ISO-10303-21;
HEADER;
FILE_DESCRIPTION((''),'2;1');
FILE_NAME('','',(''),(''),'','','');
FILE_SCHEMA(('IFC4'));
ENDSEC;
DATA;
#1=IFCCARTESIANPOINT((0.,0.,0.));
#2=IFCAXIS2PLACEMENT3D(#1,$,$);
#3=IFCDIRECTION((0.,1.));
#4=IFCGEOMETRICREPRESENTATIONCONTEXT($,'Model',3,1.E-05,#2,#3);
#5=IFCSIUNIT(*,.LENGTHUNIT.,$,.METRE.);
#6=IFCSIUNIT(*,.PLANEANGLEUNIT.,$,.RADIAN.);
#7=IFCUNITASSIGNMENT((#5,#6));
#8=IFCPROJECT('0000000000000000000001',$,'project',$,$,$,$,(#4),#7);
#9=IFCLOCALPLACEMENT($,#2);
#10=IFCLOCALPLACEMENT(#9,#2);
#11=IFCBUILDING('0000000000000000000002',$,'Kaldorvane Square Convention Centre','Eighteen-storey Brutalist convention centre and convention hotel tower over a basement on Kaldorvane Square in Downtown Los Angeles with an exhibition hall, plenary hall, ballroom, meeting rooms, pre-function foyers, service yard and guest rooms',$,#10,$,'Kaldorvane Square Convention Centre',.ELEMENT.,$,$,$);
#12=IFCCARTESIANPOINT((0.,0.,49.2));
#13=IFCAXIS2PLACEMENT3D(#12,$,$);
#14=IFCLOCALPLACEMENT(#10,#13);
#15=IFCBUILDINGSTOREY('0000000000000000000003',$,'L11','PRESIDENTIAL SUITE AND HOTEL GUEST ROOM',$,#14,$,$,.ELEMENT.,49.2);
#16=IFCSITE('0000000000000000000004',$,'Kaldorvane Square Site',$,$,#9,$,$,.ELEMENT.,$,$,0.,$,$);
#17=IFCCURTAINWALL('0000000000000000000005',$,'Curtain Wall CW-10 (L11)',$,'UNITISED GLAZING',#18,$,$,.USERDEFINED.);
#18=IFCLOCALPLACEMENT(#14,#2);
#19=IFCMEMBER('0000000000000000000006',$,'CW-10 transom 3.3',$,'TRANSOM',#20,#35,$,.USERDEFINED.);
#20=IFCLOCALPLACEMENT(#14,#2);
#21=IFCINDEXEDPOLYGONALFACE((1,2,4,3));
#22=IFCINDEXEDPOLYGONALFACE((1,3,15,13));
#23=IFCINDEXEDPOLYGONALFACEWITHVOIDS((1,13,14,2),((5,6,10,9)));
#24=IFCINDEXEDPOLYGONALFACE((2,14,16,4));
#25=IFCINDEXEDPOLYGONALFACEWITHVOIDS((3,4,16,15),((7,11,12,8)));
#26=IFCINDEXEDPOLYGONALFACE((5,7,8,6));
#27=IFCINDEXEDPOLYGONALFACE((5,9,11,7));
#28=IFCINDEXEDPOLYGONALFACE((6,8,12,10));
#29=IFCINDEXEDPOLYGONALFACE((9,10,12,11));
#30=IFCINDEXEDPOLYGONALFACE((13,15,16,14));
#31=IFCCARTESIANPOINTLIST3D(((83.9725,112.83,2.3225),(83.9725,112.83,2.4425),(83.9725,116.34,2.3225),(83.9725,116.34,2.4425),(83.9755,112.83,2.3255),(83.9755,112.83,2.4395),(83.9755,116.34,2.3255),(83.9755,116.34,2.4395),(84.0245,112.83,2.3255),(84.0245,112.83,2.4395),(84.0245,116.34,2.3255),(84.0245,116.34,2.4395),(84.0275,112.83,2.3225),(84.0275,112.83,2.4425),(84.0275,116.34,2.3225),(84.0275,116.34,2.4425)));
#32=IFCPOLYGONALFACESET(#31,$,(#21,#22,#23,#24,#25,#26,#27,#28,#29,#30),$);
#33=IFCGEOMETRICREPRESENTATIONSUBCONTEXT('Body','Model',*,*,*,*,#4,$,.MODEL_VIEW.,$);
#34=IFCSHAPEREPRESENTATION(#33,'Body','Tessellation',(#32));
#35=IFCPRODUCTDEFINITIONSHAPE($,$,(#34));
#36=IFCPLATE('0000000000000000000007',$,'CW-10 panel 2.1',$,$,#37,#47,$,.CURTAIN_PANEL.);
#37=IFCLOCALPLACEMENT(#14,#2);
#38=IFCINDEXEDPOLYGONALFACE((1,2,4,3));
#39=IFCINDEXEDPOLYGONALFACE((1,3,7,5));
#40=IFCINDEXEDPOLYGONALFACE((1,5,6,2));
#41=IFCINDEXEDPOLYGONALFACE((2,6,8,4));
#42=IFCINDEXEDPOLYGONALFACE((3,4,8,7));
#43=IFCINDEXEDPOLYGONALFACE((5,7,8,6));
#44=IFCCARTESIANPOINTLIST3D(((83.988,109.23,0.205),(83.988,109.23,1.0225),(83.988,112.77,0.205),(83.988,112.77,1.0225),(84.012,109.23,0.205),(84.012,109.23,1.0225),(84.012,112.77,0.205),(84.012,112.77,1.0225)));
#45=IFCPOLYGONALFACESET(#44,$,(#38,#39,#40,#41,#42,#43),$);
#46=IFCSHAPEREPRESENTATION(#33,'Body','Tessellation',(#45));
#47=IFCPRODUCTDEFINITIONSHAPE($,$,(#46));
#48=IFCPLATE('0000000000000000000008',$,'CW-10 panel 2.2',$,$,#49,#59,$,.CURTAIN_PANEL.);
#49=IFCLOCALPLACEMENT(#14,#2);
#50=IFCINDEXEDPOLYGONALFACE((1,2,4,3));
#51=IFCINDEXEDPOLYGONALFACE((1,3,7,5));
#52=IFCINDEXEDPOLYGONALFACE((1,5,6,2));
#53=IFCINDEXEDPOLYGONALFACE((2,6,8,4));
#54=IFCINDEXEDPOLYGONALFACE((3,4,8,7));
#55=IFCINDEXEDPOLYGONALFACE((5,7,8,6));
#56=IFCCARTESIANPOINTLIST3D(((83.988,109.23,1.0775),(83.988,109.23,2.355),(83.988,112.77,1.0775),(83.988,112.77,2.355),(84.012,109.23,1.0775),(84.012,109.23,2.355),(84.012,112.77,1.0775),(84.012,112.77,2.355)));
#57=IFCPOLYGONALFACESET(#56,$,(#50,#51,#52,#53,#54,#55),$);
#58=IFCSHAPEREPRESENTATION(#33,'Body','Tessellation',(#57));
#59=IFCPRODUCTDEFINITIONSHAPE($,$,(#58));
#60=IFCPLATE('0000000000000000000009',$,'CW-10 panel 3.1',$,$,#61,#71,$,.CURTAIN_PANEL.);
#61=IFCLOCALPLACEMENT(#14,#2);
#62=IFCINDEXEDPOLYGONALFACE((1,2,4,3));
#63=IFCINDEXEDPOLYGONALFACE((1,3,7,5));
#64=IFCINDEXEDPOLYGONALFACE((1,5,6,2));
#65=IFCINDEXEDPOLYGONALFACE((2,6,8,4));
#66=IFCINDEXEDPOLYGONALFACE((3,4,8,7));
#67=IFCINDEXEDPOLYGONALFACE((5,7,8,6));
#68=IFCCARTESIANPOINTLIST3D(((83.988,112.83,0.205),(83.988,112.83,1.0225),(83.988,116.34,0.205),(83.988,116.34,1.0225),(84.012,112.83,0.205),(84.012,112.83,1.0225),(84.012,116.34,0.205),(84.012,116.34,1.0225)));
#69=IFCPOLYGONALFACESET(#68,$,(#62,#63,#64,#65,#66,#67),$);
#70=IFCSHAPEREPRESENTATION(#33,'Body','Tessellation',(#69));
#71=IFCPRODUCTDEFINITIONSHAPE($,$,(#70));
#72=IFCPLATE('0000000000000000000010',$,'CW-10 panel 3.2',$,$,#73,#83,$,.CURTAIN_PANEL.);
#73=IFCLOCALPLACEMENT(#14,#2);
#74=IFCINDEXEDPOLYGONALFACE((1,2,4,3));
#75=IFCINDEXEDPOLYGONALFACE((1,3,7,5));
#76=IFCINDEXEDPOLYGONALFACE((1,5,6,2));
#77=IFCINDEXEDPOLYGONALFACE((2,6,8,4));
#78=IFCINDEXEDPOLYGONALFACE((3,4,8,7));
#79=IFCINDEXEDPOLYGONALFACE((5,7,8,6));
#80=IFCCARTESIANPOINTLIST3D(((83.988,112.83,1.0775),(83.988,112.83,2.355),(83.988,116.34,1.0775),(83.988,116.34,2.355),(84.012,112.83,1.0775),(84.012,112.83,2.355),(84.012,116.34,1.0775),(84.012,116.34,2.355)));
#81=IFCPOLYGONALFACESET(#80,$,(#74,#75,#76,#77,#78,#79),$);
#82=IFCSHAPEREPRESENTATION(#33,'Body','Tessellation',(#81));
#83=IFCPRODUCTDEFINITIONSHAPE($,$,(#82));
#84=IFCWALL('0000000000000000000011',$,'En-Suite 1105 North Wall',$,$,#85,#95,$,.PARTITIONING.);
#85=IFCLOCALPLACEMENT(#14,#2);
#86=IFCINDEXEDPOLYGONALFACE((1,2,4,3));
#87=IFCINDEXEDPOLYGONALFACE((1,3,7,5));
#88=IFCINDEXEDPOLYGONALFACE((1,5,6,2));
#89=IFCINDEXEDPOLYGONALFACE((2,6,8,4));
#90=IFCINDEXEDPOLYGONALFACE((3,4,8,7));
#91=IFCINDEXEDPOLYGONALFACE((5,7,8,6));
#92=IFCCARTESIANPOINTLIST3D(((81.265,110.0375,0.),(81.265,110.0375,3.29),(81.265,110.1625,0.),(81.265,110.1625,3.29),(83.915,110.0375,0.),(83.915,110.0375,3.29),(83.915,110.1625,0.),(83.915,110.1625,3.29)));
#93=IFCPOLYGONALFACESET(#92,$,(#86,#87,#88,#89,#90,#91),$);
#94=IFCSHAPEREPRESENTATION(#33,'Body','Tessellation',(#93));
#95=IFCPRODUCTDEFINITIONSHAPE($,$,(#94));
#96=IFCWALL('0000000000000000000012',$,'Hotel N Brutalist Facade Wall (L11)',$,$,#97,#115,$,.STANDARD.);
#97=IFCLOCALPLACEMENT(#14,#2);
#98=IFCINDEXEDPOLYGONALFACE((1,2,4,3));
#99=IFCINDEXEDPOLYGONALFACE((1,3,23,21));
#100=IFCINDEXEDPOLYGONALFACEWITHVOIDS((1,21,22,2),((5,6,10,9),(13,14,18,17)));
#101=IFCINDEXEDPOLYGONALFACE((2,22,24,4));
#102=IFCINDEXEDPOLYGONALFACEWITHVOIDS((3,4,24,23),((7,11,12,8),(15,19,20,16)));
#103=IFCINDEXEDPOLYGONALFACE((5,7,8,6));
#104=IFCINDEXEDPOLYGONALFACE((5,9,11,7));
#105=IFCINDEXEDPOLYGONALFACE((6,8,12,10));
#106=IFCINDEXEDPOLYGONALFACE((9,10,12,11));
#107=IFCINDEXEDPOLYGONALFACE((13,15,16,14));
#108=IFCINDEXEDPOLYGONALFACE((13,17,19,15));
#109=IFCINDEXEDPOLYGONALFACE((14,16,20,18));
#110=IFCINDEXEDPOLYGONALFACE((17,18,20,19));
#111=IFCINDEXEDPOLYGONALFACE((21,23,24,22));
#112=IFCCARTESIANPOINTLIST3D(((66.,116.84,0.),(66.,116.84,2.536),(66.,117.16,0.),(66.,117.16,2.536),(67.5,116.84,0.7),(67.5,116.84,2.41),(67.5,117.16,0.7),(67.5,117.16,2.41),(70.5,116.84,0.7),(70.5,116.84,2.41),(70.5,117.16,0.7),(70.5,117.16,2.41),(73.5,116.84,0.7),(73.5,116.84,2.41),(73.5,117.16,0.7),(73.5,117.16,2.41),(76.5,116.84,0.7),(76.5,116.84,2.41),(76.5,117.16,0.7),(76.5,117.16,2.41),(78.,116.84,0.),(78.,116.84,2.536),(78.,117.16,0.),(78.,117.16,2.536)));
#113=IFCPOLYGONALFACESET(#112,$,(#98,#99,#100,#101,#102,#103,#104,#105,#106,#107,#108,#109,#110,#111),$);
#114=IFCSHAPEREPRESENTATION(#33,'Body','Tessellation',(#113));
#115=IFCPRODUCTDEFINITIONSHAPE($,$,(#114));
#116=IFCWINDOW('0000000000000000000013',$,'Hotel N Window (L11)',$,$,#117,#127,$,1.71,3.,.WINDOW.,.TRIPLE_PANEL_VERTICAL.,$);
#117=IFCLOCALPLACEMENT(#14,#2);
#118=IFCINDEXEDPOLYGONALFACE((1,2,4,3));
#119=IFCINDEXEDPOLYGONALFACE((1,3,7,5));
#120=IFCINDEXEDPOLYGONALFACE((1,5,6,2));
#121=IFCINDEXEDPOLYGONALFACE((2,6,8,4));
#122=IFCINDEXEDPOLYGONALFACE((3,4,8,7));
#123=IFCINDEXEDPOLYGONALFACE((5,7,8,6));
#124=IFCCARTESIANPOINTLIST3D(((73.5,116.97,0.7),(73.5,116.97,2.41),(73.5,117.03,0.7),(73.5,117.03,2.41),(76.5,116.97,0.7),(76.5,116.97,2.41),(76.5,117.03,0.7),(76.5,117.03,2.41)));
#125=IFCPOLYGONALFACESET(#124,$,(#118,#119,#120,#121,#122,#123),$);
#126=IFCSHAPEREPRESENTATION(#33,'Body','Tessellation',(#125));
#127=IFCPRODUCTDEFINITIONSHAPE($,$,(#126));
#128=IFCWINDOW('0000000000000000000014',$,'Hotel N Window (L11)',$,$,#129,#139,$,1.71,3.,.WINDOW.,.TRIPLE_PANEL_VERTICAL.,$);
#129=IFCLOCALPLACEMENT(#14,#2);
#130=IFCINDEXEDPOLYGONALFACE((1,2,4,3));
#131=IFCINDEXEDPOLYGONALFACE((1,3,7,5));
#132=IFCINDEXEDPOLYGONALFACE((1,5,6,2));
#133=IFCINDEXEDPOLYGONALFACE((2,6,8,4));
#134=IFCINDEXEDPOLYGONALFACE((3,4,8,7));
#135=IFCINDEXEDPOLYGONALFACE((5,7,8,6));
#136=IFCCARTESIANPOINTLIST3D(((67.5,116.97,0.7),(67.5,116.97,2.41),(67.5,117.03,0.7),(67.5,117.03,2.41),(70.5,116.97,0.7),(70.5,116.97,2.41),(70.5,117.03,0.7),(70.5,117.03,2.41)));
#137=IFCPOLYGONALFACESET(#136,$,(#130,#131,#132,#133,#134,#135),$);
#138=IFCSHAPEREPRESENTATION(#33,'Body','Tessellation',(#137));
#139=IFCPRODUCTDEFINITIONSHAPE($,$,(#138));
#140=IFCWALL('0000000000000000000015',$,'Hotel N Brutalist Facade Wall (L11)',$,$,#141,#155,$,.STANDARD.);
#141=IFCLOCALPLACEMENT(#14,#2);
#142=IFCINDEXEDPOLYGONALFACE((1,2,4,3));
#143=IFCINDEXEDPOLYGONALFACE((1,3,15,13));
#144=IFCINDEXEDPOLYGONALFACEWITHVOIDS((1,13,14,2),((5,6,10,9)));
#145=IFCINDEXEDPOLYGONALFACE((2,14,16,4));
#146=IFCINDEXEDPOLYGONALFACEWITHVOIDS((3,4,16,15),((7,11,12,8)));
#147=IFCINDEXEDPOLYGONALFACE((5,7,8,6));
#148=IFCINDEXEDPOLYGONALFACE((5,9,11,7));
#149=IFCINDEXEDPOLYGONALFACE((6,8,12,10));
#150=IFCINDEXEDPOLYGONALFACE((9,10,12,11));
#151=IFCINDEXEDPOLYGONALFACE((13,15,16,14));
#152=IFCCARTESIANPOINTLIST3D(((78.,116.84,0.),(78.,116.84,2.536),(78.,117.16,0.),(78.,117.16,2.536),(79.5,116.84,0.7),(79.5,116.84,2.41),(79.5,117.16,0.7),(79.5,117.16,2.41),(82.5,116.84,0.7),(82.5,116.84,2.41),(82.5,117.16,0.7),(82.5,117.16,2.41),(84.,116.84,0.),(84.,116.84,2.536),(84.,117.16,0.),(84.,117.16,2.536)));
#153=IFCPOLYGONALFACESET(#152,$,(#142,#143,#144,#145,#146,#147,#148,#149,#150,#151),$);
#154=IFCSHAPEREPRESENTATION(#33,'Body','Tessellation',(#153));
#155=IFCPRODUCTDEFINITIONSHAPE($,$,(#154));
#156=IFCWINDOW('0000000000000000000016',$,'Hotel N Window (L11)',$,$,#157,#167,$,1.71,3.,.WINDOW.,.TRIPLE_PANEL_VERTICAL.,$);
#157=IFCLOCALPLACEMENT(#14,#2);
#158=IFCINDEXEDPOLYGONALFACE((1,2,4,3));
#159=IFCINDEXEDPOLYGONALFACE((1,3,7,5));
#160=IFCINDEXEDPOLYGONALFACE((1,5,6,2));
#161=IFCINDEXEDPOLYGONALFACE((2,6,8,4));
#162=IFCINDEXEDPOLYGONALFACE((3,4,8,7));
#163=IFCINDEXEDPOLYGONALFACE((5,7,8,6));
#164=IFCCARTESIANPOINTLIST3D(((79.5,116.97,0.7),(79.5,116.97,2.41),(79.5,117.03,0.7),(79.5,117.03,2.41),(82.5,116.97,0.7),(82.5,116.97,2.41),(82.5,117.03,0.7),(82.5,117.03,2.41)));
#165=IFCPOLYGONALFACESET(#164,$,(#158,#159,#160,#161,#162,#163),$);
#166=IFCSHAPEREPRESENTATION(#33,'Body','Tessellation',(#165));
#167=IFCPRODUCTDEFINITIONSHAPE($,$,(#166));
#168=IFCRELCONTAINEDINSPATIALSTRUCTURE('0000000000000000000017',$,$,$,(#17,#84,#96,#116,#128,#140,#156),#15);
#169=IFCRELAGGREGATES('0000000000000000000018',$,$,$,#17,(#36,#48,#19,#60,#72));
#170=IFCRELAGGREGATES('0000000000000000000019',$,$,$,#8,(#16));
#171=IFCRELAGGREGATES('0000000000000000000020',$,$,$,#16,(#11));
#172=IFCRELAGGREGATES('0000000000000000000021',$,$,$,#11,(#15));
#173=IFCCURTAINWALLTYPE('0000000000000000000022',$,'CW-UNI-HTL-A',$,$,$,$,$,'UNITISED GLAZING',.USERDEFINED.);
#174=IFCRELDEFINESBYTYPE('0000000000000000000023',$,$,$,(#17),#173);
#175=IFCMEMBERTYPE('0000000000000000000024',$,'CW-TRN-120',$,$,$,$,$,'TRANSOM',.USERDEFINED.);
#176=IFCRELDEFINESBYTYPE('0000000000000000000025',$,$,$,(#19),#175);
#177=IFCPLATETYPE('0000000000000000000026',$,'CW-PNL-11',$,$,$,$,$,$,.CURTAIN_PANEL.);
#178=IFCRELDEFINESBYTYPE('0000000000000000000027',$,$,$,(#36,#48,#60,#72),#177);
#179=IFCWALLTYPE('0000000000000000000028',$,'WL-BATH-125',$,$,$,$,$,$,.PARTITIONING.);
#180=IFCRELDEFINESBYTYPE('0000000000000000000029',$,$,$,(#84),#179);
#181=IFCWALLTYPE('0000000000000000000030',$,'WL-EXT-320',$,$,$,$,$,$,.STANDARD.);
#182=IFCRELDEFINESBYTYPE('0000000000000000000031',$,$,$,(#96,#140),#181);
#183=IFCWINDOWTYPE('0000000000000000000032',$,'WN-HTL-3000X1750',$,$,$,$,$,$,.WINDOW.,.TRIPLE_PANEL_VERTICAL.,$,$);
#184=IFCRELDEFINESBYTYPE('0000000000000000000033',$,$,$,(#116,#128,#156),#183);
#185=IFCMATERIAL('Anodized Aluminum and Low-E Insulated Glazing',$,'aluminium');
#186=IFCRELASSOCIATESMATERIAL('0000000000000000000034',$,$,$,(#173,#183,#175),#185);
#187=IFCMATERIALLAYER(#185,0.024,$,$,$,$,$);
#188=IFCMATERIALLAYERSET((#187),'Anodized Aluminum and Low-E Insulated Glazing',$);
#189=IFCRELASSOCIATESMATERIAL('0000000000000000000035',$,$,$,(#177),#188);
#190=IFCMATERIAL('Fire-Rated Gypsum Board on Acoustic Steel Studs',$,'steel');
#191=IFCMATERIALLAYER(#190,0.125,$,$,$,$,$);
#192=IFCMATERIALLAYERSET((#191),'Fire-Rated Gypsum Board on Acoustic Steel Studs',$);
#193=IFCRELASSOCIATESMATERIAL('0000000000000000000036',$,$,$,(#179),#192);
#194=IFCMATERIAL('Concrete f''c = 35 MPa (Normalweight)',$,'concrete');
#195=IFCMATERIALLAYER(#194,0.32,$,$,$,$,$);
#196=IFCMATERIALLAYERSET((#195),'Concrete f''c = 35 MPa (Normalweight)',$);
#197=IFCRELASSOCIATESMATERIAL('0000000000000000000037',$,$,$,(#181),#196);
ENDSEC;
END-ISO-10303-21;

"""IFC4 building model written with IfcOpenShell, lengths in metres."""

from ifc_helpers import new_model, si_unit, direction, frame, frame_2d, origin, origin_2d, place, context, subcontext, project, spatial, rectangle, hollow_rectangle, extrude, material, layer, layer_set, material_profile, profile_set, type_object, element, fill, aggregate, save


model = new_model("IFC4")

# Units and contexts
model_context = context("Model", 3, precision=1e-05, world=origin(), true_north=direction((0.0, 1.0)))
body_context = subcontext(model_context, "Body", "Model", "MODEL_VIEW")
ifc_project = project(units=[si_unit("LENGTHUNIT", "METRE"), si_unit("PLANEANGLEUNIT", "RADIAN")], contexts=[model_context])

# Site, building, storey
site_placement = place(None, origin())
site = spatial("IfcSite", under=ifc_project, at=site_placement, Name="Kaldorvane Square Site", CompositionType="ELEMENT", RefElevation=0.0)
building_placement = place(site_placement, origin())
building = spatial("IfcBuilding", under=site, at=building_placement, Name="Kaldorvane Square Convention Centre", Description="Eighteen-storey Brutalist convention centre and convention hotel tower over a basement on Kaldorvane Square in Downtown Los Angeles with an exhibition hall, plenary hall, ballroom, meeting rooms, pre-function foyers, service yard and guest rooms", LongName="Kaldorvane Square Convention Centre", CompositionType="ELEMENT")
storey_placement = place(building_placement, frame((0.0, 0.0, 49.2)))
storey = spatial("IfcBuildingStorey", under=building, at=storey_placement, Name="L11", Description="PRESIDENTIAL SUITE AND HOTEL GUEST ROOM", CompositionType="ELEMENT", Elevation=49.2)

# Curtain wall, member, plates
ifc_material_1 = material(Name="Anodized Aluminum and Low-E Insulated Glazing", Category="aluminium")
curtain_wall_type = type_object("IfcCurtainWallType", Name="CW-UNI-HTL-A", ElementType="UNITISED GLAZING", PredefinedType="USERDEFINED", material=ifc_material_1)
curtain_wall_placement = place(storey_placement, origin())
curtain_wall = element("IfcCurtainWall", 1, at=curtain_wall_placement, inside=storey, type_object=curtain_wall_type, Name="Curtain Wall CW-10 (L11)", ObjectType="UNITISED GLAZING", PredefinedType="USERDEFINED")
ifc_material_profile_1 = material_profile(ifc_material_1, hollow_rectangle(XDim=0.055, YDim=0.12, WallThickness=0.003, at=origin_2d()), Name="CWT-120X55")
ifc_profile_set_1 = profile_set([ifc_material_profile_1], Name="Anodized Aluminum and Low-E Insulated Glazing")
member_type_1 = type_object("IfcMemberType", Name="CW-TRN-120", ElementType="TRANSOM", PredefinedType="USERDEFINED", material=ifc_profile_set_1)
member_1_placement = place(storey_placement, frame((84.0, 112.83, 2.3825), z_axis=(0.0, 1.0, 0.0), x_axis=(-1.0, 0.0, 0.0)))
member_1 = element("IfcMember", 2, at=member_1_placement, type_object=member_type_1, Name="CW-10 transom 3.3", ObjectType="TRANSOM", PredefinedType="USERDEFINED", context=body_context, shape_type="SweptSolid", body=[
    extrude(hollow_rectangle(XDim=0.055, YDim=0.12, WallThickness=0.003, at=origin_2d()), origin(), (0.0, 0.0, 1.0), 3.51),
])
ifc_layer_1 = layer(ifc_material_1, 0.024)
ifc_layer_set_1 = layer_set([ifc_layer_1], Name="Anodized Aluminum and Low-E Insulated Glazing")
plate_type = type_object("IfcPlateType", Name="CW-PNL-11", PredefinedType="CURTAIN_PANEL", material=ifc_layer_set_1)
plate_1_placement = place(storey_placement, frame((84.0, 111.0, 0.205), z_axis=(0.0, 0.0, 1.0), x_axis=(0.0, 1.0, 0.0)))
plate_1 = element("IfcPlate", 3, at=plate_1_placement, type_object=plate_type, Name="CW-10 panel 2.1", PredefinedType="CURTAIN_PANEL", context=body_context, shape_type="SweptSolid", body=[
    extrude(rectangle(XDim=3.54, YDim=0.024, at=origin_2d()), origin(), (0.0, 0.0, 1.0), 0.8175),
])
plate_2_placement = place(storey_placement, frame((84.0, 111.0, 1.0775), z_axis=(0.0, 0.0, 1.0), x_axis=(0.0, 1.0, 0.0)))
plate_2 = element("IfcPlate", 4, at=plate_2_placement, type_object=plate_type, Name="CW-10 panel 2.2", PredefinedType="CURTAIN_PANEL", context=body_context, shape_type="SweptSolid", body=[
    extrude(rectangle(XDim=3.54, YDim=0.024, at=origin_2d()), origin(), (0.0, 0.0, 1.0), 1.2775),
])
plate_3_placement = place(storey_placement, frame((84.0, 114.585, 0.205), z_axis=(0.0, 0.0, 1.0), x_axis=(0.0, 1.0, 0.0)))
plate_3 = element("IfcPlate", 5, at=plate_3_placement, type_object=plate_type, Name="CW-10 panel 3.1", PredefinedType="CURTAIN_PANEL", context=body_context, shape_type="SweptSolid", body=[
    extrude(rectangle(XDim=3.51, YDim=0.024, at=origin_2d()), origin(), (0.0, 0.0, 1.0), 0.8175),
])
plate_4_placement = place(storey_placement, frame((84.0, 114.585, 1.0775), z_axis=(0.0, 0.0, 1.0), x_axis=(0.0, 1.0, 0.0)))
plate_4 = element("IfcPlate", 6, at=plate_4_placement, type_object=plate_type, Name="CW-10 panel 3.2", PredefinedType="CURTAIN_PANEL", context=body_context, shape_type="SweptSolid", body=[
    extrude(rectangle(XDim=3.51, YDim=0.024, at=origin_2d()), origin(), (0.0, 0.0, 1.0), 1.2775),
])
aggregate(curtain_wall, [plate_1, plate_2, member_1, plate_3, plate_4])

# Wall
ifc_material_2 = material(Name="Fire-Rated Gypsum Board on Acoustic Steel Studs", Category="steel")
ifc_layer_2 = layer(ifc_material_2, 0.125)
ifc_layer_set_2 = layer_set([ifc_layer_2], Name="Fire-Rated Gypsum Board on Acoustic Steel Studs")
wall_type_1 = type_object("IfcWallType", Name="WL-BATH-125", PredefinedType="PARTITIONING", material=ifc_layer_set_2)
wall_1_placement = place(storey_placement, frame((81.265, 110.1, 0.0), z_axis=(0.0, 0.0, 1.0), x_axis=(1.0, 0.0, 0.0)))
element("IfcWall", 7, at=wall_1_placement, inside=storey, type_object=wall_type_1, Name="En-Suite 1105 North Wall", PredefinedType="PARTITIONING", context=body_context, shape_type="SweptSolid", body=[
    extrude(rectangle(XDim=2.65, YDim=0.125, at=frame_2d((1.325, 0.0))), origin(), (0.0, 0.0, 1.0), 3.29),
])

# Wall, openings, windows
ifc_material_3 = material(Name="Concrete f'c = 35 MPa (Normalweight)", Category="concrete")
ifc_layer_3 = layer(ifc_material_3, 0.32)
ifc_layer_set_3 = layer_set([ifc_layer_3], Name="Concrete f'c = 35 MPa (Normalweight)")
wall_type_2 = type_object("IfcWallType", Name="WL-EXT-320", PredefinedType="STANDARD", material=ifc_layer_set_3)
wall_2_placement = place(storey_placement, frame((78.0, 117.0, 0.0), z_axis=(0.0, 0.0, 1.0), x_axis=(-1.0, 0.0, 0.0)))
wall_2 = element("IfcWall", 8, at=wall_2_placement, inside=storey, type_object=wall_type_2, Name="Hotel N Brutalist Facade Wall (L11)", PredefinedType="STANDARD", context=body_context, shape_type="SweptSolid", body=[
    extrude(rectangle(XDim=12.0, YDim=0.32, at=frame_2d((6.0, 0.0))), origin(), (0.0, 0.0, 1.0), 2.536),
])
opening_1_placement = place(wall_2_placement, frame((1.5, 0.0, 0.7)))
opening_1 = element("IfcOpeningElement", 9, at=opening_1_placement, cuts=wall_2, PredefinedType="OPENING", context=body_context, shape_type="SweptSolid", body=[
    extrude(rectangle(XDim=3.0, YDim=1.71, at=frame_2d((1.5, 0.855))), frame((0.0, 0.175, 0.0), z_axis=(0.0, -1.0, 0.0), x_axis=(1.0, 0.0, 0.0)), (0.0, 0.0, 1.0), 0.35),
])
opening_2_placement = place(wall_2_placement, frame((7.5, 0.0, 0.7)))
opening_2 = element("IfcOpeningElement", 10, at=opening_2_placement, cuts=wall_2, PredefinedType="OPENING", context=body_context, shape_type="SweptSolid", body=[
    extrude(rectangle(XDim=3.0, YDim=1.71, at=frame_2d((1.5, 0.855))), frame((0.0, 0.175, 0.0), z_axis=(0.0, -1.0, 0.0), x_axis=(1.0, 0.0, 0.0)), (0.0, 0.0, 1.0), 0.35),
])
window_type = type_object("IfcWindowType", Name="WN-HTL-3000X1750", PartitioningType="TRIPLE_PANEL_VERTICAL", PredefinedType="WINDOW", material=ifc_material_1)
window_1_placement = place(opening_1_placement, origin())
window_1 = element("IfcWindow", 11, at=window_1_placement, inside=storey, type_object=window_type, Name="Hotel N Window (L11)", OverallHeight=1.71, OverallWidth=3.0, PartitioningType="TRIPLE_PANEL_VERTICAL", PredefinedType="WINDOW", context=body_context, shape_type="SweptSolid", body=[
    extrude(rectangle(XDim=3.0, YDim=1.71, at=frame_2d((1.5, 0.855))), frame((0.0, 0.03, 0.0), z_axis=(0.0, -1.0, 0.0), x_axis=(1.0, 0.0, 0.0)), (0.0, 0.0, 1.0), 0.06),
])
fill(opening_1, window_1)
window_2_placement = place(opening_2_placement, origin())
window_2 = element("IfcWindow", 12, at=window_2_placement, inside=storey, type_object=window_type, Name="Hotel N Window (L11)", OverallHeight=1.71, OverallWidth=3.0, PartitioningType="TRIPLE_PANEL_VERTICAL", PredefinedType="WINDOW", context=body_context, shape_type="SweptSolid", body=[
    extrude(rectangle(XDim=3.0, YDim=1.71, at=frame_2d((1.5, 0.855))), frame((0.0, 0.03, 0.0), z_axis=(0.0, -1.0, 0.0), x_axis=(1.0, 0.0, 0.0)), (0.0, 0.0, 1.0), 0.06),
])
fill(opening_2, window_2)

# Wall, opening, window
wall_3_placement = place(storey_placement, frame((84.0, 117.0, 0.0), z_axis=(0.0, 0.0, 1.0), x_axis=(-1.0, 0.0, 0.0)))
wall_3 = element("IfcWall", 13, at=wall_3_placement, inside=storey, type_object=wall_type_2, Name="Hotel N Brutalist Facade Wall (L11)", PredefinedType="STANDARD", context=body_context, shape_type="SweptSolid", body=[
    extrude(rectangle(XDim=6.0, YDim=0.32, at=frame_2d((3.0, 0.0))), origin(), (0.0, 0.0, 1.0), 2.536),
])
opening_3_placement = place(wall_3_placement, frame((1.5, 0.0, 0.7)))
opening_3 = element("IfcOpeningElement", 14, at=opening_3_placement, cuts=wall_3, PredefinedType="OPENING", context=body_context, shape_type="SweptSolid", body=[
    extrude(rectangle(XDim=3.0, YDim=1.71, at=frame_2d((1.5, 0.855))), frame((0.0, 0.175, 0.0), z_axis=(0.0, -1.0, 0.0), x_axis=(1.0, 0.0, 0.0)), (0.0, 0.0, 1.0), 0.35),
])
window_3_placement = place(opening_3_placement, origin())
window_3 = element("IfcWindow", 15, at=window_3_placement, inside=storey, type_object=window_type, Name="Hotel N Window (L11)", OverallHeight=1.71, OverallWidth=3.0, PartitioningType="TRIPLE_PANEL_VERTICAL", PredefinedType="WINDOW", context=body_context, shape_type="SweptSolid", body=[
    extrude(rectangle(XDim=3.0, YDim=1.71, at=frame_2d((1.5, 0.855))), frame((0.0, 0.03, 0.0), z_axis=(0.0, -1.0, 0.0), x_axis=(1.0, 0.0, 0.0)), (0.0, 0.0, 1.0), 0.06),
])
fill(opening_3, window_3)

save(model, "model.ifc")
